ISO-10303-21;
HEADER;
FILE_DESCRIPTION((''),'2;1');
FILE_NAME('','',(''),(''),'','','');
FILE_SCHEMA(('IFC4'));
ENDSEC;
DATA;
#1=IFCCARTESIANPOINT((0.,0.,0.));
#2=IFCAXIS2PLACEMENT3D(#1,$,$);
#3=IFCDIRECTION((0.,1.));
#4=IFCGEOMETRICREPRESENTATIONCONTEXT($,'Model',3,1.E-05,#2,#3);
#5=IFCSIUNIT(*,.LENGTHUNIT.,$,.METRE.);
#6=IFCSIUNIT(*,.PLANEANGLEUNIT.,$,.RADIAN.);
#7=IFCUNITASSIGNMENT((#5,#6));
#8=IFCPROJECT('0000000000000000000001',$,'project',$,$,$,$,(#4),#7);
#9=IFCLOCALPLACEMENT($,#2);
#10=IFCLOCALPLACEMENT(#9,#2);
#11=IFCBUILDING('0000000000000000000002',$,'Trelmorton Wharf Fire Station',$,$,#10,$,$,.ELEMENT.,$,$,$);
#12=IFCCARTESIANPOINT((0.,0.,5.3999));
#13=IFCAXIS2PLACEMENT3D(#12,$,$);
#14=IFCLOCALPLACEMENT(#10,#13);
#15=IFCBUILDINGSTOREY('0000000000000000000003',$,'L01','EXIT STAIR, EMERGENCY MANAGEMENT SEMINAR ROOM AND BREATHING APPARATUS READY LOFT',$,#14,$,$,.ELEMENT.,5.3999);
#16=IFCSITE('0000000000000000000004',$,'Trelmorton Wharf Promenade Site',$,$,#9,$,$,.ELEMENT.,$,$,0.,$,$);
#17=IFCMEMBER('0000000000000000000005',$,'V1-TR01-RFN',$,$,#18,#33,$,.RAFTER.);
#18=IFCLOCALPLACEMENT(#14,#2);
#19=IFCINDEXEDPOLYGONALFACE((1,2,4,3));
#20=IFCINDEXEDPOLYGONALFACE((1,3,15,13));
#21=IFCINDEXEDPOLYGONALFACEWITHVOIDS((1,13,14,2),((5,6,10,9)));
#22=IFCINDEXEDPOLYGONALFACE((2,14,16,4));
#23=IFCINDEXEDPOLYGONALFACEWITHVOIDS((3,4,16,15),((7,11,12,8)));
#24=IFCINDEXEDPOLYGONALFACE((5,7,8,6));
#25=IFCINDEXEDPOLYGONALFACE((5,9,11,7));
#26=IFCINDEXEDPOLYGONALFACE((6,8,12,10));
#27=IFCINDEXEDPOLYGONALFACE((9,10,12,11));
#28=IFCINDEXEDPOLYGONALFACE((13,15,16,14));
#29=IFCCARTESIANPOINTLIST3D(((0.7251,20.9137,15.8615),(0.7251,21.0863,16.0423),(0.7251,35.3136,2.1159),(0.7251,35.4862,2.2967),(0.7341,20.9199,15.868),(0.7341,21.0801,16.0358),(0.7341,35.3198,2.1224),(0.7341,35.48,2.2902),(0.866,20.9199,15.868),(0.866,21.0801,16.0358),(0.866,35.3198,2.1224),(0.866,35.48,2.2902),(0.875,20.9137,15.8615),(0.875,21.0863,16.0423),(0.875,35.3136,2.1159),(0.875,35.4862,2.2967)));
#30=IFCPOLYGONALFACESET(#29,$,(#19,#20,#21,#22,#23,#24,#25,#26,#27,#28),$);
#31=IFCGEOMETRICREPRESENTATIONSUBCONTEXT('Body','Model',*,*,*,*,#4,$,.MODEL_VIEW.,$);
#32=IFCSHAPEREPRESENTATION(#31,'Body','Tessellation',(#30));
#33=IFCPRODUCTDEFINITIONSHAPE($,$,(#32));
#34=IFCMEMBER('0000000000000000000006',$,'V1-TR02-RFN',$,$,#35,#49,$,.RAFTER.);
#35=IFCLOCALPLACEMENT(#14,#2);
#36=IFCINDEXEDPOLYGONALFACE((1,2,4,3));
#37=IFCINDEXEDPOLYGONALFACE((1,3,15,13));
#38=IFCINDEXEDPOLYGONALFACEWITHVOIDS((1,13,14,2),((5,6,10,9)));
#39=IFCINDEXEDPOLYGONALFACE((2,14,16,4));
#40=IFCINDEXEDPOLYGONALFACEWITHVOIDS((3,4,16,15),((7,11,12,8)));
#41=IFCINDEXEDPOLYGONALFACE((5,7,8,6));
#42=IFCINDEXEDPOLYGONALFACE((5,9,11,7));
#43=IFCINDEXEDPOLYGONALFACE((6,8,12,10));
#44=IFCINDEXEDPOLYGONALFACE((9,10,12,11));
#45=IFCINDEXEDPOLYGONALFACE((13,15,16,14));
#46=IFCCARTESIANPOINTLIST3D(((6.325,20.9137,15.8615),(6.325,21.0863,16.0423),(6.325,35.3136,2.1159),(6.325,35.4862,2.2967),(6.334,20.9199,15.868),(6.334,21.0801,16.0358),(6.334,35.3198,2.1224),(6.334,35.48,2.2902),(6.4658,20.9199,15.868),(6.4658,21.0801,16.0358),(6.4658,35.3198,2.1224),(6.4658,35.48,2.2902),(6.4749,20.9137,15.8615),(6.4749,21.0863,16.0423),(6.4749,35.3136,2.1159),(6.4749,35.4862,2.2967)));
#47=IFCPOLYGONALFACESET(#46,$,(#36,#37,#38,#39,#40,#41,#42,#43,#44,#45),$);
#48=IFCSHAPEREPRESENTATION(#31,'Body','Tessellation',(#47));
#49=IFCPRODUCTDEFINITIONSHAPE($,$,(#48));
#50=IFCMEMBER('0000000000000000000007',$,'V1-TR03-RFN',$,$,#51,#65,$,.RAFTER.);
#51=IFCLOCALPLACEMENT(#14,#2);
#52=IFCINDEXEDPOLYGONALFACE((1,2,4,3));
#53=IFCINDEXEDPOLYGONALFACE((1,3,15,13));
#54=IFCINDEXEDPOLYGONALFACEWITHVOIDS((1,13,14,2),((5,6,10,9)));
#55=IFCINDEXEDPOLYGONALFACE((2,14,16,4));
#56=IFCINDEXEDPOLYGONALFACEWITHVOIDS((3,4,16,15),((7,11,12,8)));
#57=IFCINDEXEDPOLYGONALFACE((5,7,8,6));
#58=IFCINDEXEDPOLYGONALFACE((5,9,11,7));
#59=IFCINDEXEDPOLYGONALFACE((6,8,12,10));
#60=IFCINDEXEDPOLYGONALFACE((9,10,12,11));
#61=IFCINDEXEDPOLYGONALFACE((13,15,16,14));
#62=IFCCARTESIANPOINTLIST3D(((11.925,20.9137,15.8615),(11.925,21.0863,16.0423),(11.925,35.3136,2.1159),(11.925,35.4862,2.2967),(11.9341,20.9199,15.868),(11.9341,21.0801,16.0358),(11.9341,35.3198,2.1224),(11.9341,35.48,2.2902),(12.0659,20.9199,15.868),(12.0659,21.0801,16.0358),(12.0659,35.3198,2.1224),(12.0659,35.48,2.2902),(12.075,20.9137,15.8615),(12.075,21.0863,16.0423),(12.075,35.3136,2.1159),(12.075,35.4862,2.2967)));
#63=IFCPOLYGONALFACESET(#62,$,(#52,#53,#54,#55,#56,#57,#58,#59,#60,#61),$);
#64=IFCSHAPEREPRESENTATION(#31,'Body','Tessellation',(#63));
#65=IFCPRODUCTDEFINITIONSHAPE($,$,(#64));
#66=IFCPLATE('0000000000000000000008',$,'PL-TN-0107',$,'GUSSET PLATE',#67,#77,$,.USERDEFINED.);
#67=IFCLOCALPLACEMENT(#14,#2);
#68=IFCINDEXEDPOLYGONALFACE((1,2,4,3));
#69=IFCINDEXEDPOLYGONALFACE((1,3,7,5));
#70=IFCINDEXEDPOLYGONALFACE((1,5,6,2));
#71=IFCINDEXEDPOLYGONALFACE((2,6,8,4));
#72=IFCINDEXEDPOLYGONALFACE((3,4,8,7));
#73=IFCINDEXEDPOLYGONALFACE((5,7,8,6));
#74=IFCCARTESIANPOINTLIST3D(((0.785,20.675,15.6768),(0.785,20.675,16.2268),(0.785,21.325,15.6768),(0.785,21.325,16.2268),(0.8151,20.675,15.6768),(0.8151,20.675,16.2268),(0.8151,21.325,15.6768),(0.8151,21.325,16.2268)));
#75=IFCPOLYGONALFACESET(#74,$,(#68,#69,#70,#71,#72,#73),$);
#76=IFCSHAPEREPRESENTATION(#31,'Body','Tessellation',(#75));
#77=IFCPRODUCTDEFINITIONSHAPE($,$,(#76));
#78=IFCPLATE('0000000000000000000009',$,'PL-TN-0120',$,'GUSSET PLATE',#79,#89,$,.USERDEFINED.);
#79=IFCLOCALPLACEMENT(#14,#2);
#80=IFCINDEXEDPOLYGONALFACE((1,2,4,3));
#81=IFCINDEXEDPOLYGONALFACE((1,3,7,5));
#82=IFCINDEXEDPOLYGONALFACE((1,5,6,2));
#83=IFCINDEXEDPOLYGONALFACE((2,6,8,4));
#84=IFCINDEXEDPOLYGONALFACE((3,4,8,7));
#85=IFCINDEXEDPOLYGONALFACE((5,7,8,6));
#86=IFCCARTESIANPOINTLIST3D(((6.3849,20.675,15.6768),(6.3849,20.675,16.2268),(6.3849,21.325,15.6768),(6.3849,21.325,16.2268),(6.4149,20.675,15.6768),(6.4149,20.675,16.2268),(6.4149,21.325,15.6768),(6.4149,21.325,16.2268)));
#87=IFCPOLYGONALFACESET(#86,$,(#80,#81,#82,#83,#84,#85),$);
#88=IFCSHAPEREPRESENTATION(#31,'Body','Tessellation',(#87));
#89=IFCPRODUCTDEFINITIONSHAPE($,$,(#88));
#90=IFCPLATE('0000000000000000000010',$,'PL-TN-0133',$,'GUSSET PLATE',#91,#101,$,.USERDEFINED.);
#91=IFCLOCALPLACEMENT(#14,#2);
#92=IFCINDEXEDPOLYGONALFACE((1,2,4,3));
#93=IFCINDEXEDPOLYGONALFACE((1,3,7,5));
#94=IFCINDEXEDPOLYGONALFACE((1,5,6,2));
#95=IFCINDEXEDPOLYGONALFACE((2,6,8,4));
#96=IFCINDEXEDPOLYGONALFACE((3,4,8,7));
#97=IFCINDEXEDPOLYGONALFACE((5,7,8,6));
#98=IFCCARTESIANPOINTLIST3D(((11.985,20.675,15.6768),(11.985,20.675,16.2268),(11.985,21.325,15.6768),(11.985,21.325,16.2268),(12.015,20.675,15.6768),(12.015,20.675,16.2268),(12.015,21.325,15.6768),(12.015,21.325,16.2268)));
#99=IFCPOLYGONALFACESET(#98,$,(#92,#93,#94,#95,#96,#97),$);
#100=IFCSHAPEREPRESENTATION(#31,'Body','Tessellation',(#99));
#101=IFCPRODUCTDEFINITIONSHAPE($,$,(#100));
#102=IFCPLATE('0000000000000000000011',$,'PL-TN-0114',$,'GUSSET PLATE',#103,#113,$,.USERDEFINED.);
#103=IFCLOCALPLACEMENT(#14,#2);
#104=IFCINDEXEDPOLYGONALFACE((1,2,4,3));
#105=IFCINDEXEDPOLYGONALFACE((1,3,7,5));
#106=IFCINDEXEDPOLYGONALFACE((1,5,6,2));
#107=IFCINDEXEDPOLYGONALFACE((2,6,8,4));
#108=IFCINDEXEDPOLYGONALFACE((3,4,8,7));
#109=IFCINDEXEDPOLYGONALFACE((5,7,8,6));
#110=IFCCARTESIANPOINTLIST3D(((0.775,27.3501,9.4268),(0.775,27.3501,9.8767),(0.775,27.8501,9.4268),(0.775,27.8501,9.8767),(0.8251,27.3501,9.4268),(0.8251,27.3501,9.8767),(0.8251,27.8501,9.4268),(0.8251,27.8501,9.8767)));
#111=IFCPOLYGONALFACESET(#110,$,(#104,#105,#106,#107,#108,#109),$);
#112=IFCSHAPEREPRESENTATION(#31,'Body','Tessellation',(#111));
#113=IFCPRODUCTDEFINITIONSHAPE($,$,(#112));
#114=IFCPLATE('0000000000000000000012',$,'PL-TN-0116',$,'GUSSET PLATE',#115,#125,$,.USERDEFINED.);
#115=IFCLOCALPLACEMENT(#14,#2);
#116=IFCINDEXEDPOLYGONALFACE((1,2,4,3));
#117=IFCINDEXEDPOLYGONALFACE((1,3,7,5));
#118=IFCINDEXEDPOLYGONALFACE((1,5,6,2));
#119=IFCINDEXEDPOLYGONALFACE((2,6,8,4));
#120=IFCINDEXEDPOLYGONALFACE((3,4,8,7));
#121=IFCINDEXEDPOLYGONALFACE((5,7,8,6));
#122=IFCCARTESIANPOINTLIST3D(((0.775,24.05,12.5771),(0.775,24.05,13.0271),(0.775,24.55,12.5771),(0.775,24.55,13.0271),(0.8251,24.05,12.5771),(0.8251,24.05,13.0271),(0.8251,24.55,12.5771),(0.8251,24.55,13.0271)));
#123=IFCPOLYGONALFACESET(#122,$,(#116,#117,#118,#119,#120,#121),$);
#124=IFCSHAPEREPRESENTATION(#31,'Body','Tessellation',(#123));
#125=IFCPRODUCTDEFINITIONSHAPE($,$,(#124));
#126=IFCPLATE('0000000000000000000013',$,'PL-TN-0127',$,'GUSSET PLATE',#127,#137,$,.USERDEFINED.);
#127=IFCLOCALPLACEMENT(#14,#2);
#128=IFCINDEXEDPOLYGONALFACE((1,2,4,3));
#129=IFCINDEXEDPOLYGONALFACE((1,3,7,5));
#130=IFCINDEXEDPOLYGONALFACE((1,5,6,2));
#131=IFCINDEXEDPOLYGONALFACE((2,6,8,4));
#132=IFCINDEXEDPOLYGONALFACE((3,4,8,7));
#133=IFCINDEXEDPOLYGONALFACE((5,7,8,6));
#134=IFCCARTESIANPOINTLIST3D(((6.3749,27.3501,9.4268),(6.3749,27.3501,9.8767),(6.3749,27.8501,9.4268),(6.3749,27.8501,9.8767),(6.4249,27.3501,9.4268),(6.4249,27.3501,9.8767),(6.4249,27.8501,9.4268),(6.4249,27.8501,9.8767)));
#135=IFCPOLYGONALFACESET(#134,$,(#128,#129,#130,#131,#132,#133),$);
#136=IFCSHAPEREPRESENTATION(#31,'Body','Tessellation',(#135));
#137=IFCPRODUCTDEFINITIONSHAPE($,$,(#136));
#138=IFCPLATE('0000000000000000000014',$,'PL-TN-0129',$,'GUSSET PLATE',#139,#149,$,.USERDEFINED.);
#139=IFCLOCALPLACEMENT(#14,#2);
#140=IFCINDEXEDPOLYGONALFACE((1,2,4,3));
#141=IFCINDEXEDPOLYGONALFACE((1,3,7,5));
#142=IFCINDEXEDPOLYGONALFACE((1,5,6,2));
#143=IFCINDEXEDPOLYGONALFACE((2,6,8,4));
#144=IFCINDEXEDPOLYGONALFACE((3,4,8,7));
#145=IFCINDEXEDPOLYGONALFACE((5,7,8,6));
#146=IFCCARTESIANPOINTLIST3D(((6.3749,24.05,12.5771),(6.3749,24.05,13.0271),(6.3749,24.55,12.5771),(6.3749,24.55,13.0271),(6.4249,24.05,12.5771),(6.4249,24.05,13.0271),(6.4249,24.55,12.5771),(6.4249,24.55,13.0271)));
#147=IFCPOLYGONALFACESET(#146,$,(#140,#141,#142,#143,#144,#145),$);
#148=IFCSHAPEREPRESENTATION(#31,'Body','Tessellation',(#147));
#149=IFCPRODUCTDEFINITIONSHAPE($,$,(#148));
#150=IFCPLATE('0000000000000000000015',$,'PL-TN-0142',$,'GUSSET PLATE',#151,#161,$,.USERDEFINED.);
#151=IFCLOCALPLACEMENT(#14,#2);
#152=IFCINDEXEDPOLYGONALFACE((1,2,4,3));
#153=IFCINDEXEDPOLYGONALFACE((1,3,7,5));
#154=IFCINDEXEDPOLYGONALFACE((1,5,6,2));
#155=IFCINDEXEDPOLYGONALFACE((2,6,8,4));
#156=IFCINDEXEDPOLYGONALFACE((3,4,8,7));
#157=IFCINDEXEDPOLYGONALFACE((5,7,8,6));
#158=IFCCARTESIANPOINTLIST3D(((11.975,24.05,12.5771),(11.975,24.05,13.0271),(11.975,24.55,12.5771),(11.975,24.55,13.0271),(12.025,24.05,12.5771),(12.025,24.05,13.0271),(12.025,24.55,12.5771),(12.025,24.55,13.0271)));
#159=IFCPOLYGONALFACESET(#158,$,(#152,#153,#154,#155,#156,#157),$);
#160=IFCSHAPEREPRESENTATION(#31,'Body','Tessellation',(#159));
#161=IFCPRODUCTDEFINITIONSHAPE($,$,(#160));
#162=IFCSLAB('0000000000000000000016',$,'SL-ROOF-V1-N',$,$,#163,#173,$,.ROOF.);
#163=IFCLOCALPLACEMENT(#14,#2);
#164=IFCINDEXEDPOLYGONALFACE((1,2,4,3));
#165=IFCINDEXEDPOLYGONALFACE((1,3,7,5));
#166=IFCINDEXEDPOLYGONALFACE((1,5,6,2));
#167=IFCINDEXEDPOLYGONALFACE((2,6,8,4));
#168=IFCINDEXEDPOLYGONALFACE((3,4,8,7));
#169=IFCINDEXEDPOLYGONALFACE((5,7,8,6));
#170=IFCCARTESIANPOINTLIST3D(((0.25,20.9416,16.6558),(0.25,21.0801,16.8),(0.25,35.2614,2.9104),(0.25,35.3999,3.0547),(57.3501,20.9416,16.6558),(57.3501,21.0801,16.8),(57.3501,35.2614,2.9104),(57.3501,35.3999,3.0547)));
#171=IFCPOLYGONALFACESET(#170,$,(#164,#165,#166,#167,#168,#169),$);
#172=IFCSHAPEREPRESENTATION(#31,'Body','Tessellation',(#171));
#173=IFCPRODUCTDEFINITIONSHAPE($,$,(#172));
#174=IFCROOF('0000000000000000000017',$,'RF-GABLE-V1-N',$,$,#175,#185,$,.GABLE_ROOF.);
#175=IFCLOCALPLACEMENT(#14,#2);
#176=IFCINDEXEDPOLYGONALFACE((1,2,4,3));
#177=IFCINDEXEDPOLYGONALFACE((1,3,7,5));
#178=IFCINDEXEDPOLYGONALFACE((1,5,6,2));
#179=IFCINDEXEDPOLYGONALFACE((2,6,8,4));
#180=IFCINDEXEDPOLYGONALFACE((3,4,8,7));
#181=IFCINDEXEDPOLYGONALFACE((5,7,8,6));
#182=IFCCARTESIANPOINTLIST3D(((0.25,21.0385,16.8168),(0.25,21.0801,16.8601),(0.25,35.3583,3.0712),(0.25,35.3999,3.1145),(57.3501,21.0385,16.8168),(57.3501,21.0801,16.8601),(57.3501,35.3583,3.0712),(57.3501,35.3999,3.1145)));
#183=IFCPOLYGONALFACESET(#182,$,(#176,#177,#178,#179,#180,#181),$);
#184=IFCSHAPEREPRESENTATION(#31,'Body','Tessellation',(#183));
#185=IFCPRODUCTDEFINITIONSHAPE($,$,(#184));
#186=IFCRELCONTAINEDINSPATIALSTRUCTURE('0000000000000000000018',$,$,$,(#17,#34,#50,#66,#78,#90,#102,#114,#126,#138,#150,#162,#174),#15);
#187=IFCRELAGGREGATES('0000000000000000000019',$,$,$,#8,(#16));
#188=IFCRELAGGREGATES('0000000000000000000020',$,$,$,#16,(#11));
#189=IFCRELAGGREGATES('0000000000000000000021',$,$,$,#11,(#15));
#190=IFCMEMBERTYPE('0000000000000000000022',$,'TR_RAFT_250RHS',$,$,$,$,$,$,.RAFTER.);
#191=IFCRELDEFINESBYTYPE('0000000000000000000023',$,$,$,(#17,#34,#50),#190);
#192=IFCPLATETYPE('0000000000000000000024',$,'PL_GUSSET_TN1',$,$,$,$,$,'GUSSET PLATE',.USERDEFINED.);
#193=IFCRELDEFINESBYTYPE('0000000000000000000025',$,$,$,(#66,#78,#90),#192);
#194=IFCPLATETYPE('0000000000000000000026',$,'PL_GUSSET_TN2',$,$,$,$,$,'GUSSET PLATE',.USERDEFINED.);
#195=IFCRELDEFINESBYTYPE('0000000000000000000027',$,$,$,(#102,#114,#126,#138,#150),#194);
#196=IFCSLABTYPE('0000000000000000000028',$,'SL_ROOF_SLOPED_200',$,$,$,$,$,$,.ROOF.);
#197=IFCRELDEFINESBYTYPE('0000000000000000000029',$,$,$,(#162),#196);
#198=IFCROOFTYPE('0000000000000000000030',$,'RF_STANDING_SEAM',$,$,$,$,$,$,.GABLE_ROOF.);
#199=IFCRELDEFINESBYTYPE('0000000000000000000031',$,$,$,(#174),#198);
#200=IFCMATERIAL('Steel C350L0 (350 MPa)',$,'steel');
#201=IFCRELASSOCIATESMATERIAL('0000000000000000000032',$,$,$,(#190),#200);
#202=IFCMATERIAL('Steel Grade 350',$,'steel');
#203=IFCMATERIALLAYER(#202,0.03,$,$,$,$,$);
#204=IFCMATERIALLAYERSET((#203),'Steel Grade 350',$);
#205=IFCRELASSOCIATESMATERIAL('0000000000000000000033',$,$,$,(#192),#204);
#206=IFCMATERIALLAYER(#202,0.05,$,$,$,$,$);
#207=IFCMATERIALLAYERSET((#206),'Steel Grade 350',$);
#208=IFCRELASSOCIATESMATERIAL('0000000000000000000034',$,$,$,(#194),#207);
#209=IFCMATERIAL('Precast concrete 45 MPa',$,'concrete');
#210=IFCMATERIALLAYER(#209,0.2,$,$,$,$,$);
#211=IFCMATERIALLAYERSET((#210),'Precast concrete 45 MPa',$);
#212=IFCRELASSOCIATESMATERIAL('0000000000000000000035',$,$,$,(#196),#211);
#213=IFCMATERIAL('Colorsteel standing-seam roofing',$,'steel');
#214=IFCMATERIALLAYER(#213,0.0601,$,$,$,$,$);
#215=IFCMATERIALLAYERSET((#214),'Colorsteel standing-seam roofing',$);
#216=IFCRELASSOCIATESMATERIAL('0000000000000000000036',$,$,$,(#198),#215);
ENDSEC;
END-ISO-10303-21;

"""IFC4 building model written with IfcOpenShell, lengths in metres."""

from ifc_helpers import new_model, si_unit, direction, frame, origin, origin_2d, place, context, subcontext, project, spatial, polyline, rectangle, hollow_rectangle, outline, extrude, material, layer, layer_set, material_profile, profile_set, type_object, element, save


model = new_model("IFC4")

# Units and contexts
model_context = context("Model", 3, precision=1e-05, world=origin(), true_north=direction((0.0, 1.0)))
body_context = subcontext(model_context, "Body", "Model", "MODEL_VIEW")
ifc_project = project(units=[si_unit("LENGTHUNIT", "METRE"), si_unit("PLANEANGLEUNIT", "RADIAN")], contexts=[model_context])

# Site, building, storey
site_placement = place(None, origin())
site = spatial("IfcSite", under=ifc_project, at=site_placement, Name="Trelmorton Wharf Promenade Site", CompositionType="ELEMENT", RefElevation=0.0)
building_placement = place(site_placement, origin())
building = spatial("IfcBuilding", under=site, at=building_placement, Name="Trelmorton Wharf Fire Station", CompositionType="ELEMENT")
storey_placement = place(building_placement, frame((0.0, 0.0, 5.3999)))
storey = spatial("IfcBuildingStorey", under=building, at=storey_placement, Name="L01", Description="EXIT STAIR, EMERGENCY MANAGEMENT SEMINAR ROOM AND BREATHING APPARATUS READY LOFT", CompositionType="ELEMENT", Elevation=5.3999)

# Shared definitions
ifc_material_1 = material(Name="Steel Grade 350", Category="steel")

# Members
ifc_material_2 = material(Name="Steel C350L0 (350 MPa)", Category="steel")
ifc_material_profile_1 = material_profile(ifc_material_2, hollow_rectangle(XDim=0.1499, YDim=0.25, WallThickness=0.009, at=origin_2d()), Name="250x150x9.0RHS")
ifc_profile_set_1 = profile_set([ifc_material_profile_1], Name="Steel C350L0 (350 MPa)")
member_type_1 = type_object("IfcMemberType", Name="TR_RAFT_250RHS", PredefinedType="RAFTER", material=ifc_profile_set_1)
for number, where, z_axis, x_axis, name in (
    (1, (0.8, 21.0, 15.9519), (0.0, 0.723349, -0.690482), (-1.0, 0.0, 0.0), "V1-TR01-RFN"),
    (2, (6.3999, 21.0, 15.9519), (0.0, 0.723349, -0.690482), (-1.0, 0.0, 0.0), "V1-TR02-RFN"),
    (3, (12.0, 21.0, 15.9519), (0.0, 0.723349, -0.690482), (-1.0, 0.0, 0.0), "V1-TR03-RFN"),
):
    element("IfcMember", number, at=place(storey_placement, frame(where, z_axis=z_axis, x_axis=x_axis)), inside=storey, type_object=member_type_1, Name=name, PredefinedType="RAFTER", context=body_context, shape_type="SweptSolid", body=[
        extrude(hollow_rectangle(XDim=0.1499, YDim=0.25, WallThickness=0.009, at=origin_2d()), origin(), (0.0, 0.0, 1.0), 19.9072),
    ])

# Plates
ifc_layer_1 = layer(ifc_material_1, 0.03)
ifc_layer_set_1 = layer_set([ifc_layer_1], Name="Steel Grade 350")
plate_type_1 = type_object("IfcPlateType", Name="PL_GUSSET_TN1", ElementType="GUSSET PLATE", PredefinedType="USERDEFINED", material=ifc_layer_set_1)
for number, where, z_axis, x_axis, name in (
    (4, (0.8, 21.0, 15.6768), (0.0, 0.0, 1.0), (1.0, 0.0, 0.0), "PL-TN-0107"),
    (5, (6.3999, 21.0, 15.6768), (0.0, 0.0, 1.0), (1.0, 0.0, 0.0), "PL-TN-0120"),
    (6, (12.0, 21.0, 15.6768), (0.0, 0.0, 1.0), (1.0, 0.0, 0.0), "PL-TN-0133"),
):
    element("IfcPlate", number, at=place(storey_placement, frame(where, z_axis=z_axis, x_axis=x_axis)), inside=storey, type_object=plate_type_1, Name=name, ObjectType="GUSSET PLATE", PredefinedType="USERDEFINED", context=body_context, shape_type="SweptSolid", body=[
        extrude(rectangle(XDim=0.03, YDim=0.6499, at=origin_2d()), origin(), (0.0, 0.0, 1.0), 0.55),
    ])
ifc_layer_2 = layer(ifc_material_1, 0.05)
ifc_layer_set_2 = layer_set([ifc_layer_2], Name="Steel Grade 350")
plate_type_2 = type_object("IfcPlateType", Name="PL_GUSSET_TN2", ElementType="GUSSET PLATE", PredefinedType="USERDEFINED", material=ifc_layer_set_2)
for number, where, z_axis, x_axis, name in (
    (7, (0.8, 27.6001, 9.4268), (0.0, 0.0, 1.0), (1.0, 0.0, 0.0), "PL-TN-0114"),
    (8, (0.8, 24.3, 12.5771), (0.0, 0.0, 1.0), (1.0, 0.0, 0.0), "PL-TN-0116"),
    (9, (6.3999, 27.6001, 9.4268), (0.0, 0.0, 1.0), (1.0, 0.0, 0.0), "PL-TN-0127"),
    (10, (6.3999, 24.3, 12.5771), (0.0, 0.0, 1.0), (1.0, 0.0, 0.0), "PL-TN-0129"),
    (11, (12.0, 24.3, 12.5771), (0.0, 0.0, 1.0), (1.0, 0.0, 0.0), "PL-TN-0142"),
):
    element("IfcPlate", number, at=place(storey_placement, frame(where, z_axis=z_axis, x_axis=x_axis)), inside=storey, type_object=plate_type_2, Name=name, ObjectType="GUSSET PLATE", PredefinedType="USERDEFINED", context=body_context, shape_type="SweptSolid", body=[
        extrude(rectangle(XDim=0.05, YDim=0.5, at=origin_2d()), origin(), (0.0, 0.0, 1.0), 0.45),
    ])

# Slab
ifc_material_3 = material(Name="Precast concrete 45 MPa", Category="concrete")
ifc_layer_3 = layer(ifc_material_3, 0.2)
ifc_layer_set_3 = layer_set([ifc_layer_3], Name="Precast concrete 45 MPa")
slab_type = type_object("IfcSlabType", Name="SL_ROOF_SLOPED_200", PredefinedType="ROOF", material=ifc_layer_set_3)
slab_placement = place(storey_placement, frame((0.25, 21.0801, 16.8), z_axis=(0.0, 0.692488, 0.721429), x_axis=(1.0, 0.0, 0.0)))
element("IfcSlab", 12, at=slab_placement, inside=storey, type_object=slab_type, Name="SL-ROOF-V1-N", PredefinedType="ROOF", context=body_context, shape_type="SweptSolid", body=[
    extrude(outline(polyline([(0.0, 0.0), (57.1001, 0.0), (57.1001, 19.8492), (0.0, 19.8492), (0.0, 0.0)])), origin(), (0.0, 0.0, -1.0), 0.2),
])

# Roof
ifc_material_4 = material(Name="Colorsteel standing-seam roofing", Category="steel")
ifc_layer_4 = layer(ifc_material_4, 0.0601)
ifc_layer_set_4 = layer_set([ifc_layer_4], Name="Colorsteel standing-seam roofing")
roof_type = type_object("IfcRoofType", Name="RF_STANDING_SEAM", PredefinedType="GABLE_ROOF", material=ifc_layer_set_4)
roof_placement = place(storey_placement, frame((0.25, 21.0801, 16.8601), z_axis=(0.0, 0.692494, 0.721423), x_axis=(1.0, 0.0, 0.0)))
element("IfcRoof", 13, at=roof_placement, inside=storey, type_object=roof_type, Name="RF-GABLE-V1-N", PredefinedType="GABLE_ROOF", context=body_context, shape_type="SweptSolid", body=[
    extrude(outline(polyline([(0.0, 0.0), (57.1001, 0.0), (57.1001, 19.8494), (0.0, 19.8494), (0.0, 0.0)])), origin(), (0.0, 0.0, -1.0), 0.0601),
])

save(model, "model.ifc")
